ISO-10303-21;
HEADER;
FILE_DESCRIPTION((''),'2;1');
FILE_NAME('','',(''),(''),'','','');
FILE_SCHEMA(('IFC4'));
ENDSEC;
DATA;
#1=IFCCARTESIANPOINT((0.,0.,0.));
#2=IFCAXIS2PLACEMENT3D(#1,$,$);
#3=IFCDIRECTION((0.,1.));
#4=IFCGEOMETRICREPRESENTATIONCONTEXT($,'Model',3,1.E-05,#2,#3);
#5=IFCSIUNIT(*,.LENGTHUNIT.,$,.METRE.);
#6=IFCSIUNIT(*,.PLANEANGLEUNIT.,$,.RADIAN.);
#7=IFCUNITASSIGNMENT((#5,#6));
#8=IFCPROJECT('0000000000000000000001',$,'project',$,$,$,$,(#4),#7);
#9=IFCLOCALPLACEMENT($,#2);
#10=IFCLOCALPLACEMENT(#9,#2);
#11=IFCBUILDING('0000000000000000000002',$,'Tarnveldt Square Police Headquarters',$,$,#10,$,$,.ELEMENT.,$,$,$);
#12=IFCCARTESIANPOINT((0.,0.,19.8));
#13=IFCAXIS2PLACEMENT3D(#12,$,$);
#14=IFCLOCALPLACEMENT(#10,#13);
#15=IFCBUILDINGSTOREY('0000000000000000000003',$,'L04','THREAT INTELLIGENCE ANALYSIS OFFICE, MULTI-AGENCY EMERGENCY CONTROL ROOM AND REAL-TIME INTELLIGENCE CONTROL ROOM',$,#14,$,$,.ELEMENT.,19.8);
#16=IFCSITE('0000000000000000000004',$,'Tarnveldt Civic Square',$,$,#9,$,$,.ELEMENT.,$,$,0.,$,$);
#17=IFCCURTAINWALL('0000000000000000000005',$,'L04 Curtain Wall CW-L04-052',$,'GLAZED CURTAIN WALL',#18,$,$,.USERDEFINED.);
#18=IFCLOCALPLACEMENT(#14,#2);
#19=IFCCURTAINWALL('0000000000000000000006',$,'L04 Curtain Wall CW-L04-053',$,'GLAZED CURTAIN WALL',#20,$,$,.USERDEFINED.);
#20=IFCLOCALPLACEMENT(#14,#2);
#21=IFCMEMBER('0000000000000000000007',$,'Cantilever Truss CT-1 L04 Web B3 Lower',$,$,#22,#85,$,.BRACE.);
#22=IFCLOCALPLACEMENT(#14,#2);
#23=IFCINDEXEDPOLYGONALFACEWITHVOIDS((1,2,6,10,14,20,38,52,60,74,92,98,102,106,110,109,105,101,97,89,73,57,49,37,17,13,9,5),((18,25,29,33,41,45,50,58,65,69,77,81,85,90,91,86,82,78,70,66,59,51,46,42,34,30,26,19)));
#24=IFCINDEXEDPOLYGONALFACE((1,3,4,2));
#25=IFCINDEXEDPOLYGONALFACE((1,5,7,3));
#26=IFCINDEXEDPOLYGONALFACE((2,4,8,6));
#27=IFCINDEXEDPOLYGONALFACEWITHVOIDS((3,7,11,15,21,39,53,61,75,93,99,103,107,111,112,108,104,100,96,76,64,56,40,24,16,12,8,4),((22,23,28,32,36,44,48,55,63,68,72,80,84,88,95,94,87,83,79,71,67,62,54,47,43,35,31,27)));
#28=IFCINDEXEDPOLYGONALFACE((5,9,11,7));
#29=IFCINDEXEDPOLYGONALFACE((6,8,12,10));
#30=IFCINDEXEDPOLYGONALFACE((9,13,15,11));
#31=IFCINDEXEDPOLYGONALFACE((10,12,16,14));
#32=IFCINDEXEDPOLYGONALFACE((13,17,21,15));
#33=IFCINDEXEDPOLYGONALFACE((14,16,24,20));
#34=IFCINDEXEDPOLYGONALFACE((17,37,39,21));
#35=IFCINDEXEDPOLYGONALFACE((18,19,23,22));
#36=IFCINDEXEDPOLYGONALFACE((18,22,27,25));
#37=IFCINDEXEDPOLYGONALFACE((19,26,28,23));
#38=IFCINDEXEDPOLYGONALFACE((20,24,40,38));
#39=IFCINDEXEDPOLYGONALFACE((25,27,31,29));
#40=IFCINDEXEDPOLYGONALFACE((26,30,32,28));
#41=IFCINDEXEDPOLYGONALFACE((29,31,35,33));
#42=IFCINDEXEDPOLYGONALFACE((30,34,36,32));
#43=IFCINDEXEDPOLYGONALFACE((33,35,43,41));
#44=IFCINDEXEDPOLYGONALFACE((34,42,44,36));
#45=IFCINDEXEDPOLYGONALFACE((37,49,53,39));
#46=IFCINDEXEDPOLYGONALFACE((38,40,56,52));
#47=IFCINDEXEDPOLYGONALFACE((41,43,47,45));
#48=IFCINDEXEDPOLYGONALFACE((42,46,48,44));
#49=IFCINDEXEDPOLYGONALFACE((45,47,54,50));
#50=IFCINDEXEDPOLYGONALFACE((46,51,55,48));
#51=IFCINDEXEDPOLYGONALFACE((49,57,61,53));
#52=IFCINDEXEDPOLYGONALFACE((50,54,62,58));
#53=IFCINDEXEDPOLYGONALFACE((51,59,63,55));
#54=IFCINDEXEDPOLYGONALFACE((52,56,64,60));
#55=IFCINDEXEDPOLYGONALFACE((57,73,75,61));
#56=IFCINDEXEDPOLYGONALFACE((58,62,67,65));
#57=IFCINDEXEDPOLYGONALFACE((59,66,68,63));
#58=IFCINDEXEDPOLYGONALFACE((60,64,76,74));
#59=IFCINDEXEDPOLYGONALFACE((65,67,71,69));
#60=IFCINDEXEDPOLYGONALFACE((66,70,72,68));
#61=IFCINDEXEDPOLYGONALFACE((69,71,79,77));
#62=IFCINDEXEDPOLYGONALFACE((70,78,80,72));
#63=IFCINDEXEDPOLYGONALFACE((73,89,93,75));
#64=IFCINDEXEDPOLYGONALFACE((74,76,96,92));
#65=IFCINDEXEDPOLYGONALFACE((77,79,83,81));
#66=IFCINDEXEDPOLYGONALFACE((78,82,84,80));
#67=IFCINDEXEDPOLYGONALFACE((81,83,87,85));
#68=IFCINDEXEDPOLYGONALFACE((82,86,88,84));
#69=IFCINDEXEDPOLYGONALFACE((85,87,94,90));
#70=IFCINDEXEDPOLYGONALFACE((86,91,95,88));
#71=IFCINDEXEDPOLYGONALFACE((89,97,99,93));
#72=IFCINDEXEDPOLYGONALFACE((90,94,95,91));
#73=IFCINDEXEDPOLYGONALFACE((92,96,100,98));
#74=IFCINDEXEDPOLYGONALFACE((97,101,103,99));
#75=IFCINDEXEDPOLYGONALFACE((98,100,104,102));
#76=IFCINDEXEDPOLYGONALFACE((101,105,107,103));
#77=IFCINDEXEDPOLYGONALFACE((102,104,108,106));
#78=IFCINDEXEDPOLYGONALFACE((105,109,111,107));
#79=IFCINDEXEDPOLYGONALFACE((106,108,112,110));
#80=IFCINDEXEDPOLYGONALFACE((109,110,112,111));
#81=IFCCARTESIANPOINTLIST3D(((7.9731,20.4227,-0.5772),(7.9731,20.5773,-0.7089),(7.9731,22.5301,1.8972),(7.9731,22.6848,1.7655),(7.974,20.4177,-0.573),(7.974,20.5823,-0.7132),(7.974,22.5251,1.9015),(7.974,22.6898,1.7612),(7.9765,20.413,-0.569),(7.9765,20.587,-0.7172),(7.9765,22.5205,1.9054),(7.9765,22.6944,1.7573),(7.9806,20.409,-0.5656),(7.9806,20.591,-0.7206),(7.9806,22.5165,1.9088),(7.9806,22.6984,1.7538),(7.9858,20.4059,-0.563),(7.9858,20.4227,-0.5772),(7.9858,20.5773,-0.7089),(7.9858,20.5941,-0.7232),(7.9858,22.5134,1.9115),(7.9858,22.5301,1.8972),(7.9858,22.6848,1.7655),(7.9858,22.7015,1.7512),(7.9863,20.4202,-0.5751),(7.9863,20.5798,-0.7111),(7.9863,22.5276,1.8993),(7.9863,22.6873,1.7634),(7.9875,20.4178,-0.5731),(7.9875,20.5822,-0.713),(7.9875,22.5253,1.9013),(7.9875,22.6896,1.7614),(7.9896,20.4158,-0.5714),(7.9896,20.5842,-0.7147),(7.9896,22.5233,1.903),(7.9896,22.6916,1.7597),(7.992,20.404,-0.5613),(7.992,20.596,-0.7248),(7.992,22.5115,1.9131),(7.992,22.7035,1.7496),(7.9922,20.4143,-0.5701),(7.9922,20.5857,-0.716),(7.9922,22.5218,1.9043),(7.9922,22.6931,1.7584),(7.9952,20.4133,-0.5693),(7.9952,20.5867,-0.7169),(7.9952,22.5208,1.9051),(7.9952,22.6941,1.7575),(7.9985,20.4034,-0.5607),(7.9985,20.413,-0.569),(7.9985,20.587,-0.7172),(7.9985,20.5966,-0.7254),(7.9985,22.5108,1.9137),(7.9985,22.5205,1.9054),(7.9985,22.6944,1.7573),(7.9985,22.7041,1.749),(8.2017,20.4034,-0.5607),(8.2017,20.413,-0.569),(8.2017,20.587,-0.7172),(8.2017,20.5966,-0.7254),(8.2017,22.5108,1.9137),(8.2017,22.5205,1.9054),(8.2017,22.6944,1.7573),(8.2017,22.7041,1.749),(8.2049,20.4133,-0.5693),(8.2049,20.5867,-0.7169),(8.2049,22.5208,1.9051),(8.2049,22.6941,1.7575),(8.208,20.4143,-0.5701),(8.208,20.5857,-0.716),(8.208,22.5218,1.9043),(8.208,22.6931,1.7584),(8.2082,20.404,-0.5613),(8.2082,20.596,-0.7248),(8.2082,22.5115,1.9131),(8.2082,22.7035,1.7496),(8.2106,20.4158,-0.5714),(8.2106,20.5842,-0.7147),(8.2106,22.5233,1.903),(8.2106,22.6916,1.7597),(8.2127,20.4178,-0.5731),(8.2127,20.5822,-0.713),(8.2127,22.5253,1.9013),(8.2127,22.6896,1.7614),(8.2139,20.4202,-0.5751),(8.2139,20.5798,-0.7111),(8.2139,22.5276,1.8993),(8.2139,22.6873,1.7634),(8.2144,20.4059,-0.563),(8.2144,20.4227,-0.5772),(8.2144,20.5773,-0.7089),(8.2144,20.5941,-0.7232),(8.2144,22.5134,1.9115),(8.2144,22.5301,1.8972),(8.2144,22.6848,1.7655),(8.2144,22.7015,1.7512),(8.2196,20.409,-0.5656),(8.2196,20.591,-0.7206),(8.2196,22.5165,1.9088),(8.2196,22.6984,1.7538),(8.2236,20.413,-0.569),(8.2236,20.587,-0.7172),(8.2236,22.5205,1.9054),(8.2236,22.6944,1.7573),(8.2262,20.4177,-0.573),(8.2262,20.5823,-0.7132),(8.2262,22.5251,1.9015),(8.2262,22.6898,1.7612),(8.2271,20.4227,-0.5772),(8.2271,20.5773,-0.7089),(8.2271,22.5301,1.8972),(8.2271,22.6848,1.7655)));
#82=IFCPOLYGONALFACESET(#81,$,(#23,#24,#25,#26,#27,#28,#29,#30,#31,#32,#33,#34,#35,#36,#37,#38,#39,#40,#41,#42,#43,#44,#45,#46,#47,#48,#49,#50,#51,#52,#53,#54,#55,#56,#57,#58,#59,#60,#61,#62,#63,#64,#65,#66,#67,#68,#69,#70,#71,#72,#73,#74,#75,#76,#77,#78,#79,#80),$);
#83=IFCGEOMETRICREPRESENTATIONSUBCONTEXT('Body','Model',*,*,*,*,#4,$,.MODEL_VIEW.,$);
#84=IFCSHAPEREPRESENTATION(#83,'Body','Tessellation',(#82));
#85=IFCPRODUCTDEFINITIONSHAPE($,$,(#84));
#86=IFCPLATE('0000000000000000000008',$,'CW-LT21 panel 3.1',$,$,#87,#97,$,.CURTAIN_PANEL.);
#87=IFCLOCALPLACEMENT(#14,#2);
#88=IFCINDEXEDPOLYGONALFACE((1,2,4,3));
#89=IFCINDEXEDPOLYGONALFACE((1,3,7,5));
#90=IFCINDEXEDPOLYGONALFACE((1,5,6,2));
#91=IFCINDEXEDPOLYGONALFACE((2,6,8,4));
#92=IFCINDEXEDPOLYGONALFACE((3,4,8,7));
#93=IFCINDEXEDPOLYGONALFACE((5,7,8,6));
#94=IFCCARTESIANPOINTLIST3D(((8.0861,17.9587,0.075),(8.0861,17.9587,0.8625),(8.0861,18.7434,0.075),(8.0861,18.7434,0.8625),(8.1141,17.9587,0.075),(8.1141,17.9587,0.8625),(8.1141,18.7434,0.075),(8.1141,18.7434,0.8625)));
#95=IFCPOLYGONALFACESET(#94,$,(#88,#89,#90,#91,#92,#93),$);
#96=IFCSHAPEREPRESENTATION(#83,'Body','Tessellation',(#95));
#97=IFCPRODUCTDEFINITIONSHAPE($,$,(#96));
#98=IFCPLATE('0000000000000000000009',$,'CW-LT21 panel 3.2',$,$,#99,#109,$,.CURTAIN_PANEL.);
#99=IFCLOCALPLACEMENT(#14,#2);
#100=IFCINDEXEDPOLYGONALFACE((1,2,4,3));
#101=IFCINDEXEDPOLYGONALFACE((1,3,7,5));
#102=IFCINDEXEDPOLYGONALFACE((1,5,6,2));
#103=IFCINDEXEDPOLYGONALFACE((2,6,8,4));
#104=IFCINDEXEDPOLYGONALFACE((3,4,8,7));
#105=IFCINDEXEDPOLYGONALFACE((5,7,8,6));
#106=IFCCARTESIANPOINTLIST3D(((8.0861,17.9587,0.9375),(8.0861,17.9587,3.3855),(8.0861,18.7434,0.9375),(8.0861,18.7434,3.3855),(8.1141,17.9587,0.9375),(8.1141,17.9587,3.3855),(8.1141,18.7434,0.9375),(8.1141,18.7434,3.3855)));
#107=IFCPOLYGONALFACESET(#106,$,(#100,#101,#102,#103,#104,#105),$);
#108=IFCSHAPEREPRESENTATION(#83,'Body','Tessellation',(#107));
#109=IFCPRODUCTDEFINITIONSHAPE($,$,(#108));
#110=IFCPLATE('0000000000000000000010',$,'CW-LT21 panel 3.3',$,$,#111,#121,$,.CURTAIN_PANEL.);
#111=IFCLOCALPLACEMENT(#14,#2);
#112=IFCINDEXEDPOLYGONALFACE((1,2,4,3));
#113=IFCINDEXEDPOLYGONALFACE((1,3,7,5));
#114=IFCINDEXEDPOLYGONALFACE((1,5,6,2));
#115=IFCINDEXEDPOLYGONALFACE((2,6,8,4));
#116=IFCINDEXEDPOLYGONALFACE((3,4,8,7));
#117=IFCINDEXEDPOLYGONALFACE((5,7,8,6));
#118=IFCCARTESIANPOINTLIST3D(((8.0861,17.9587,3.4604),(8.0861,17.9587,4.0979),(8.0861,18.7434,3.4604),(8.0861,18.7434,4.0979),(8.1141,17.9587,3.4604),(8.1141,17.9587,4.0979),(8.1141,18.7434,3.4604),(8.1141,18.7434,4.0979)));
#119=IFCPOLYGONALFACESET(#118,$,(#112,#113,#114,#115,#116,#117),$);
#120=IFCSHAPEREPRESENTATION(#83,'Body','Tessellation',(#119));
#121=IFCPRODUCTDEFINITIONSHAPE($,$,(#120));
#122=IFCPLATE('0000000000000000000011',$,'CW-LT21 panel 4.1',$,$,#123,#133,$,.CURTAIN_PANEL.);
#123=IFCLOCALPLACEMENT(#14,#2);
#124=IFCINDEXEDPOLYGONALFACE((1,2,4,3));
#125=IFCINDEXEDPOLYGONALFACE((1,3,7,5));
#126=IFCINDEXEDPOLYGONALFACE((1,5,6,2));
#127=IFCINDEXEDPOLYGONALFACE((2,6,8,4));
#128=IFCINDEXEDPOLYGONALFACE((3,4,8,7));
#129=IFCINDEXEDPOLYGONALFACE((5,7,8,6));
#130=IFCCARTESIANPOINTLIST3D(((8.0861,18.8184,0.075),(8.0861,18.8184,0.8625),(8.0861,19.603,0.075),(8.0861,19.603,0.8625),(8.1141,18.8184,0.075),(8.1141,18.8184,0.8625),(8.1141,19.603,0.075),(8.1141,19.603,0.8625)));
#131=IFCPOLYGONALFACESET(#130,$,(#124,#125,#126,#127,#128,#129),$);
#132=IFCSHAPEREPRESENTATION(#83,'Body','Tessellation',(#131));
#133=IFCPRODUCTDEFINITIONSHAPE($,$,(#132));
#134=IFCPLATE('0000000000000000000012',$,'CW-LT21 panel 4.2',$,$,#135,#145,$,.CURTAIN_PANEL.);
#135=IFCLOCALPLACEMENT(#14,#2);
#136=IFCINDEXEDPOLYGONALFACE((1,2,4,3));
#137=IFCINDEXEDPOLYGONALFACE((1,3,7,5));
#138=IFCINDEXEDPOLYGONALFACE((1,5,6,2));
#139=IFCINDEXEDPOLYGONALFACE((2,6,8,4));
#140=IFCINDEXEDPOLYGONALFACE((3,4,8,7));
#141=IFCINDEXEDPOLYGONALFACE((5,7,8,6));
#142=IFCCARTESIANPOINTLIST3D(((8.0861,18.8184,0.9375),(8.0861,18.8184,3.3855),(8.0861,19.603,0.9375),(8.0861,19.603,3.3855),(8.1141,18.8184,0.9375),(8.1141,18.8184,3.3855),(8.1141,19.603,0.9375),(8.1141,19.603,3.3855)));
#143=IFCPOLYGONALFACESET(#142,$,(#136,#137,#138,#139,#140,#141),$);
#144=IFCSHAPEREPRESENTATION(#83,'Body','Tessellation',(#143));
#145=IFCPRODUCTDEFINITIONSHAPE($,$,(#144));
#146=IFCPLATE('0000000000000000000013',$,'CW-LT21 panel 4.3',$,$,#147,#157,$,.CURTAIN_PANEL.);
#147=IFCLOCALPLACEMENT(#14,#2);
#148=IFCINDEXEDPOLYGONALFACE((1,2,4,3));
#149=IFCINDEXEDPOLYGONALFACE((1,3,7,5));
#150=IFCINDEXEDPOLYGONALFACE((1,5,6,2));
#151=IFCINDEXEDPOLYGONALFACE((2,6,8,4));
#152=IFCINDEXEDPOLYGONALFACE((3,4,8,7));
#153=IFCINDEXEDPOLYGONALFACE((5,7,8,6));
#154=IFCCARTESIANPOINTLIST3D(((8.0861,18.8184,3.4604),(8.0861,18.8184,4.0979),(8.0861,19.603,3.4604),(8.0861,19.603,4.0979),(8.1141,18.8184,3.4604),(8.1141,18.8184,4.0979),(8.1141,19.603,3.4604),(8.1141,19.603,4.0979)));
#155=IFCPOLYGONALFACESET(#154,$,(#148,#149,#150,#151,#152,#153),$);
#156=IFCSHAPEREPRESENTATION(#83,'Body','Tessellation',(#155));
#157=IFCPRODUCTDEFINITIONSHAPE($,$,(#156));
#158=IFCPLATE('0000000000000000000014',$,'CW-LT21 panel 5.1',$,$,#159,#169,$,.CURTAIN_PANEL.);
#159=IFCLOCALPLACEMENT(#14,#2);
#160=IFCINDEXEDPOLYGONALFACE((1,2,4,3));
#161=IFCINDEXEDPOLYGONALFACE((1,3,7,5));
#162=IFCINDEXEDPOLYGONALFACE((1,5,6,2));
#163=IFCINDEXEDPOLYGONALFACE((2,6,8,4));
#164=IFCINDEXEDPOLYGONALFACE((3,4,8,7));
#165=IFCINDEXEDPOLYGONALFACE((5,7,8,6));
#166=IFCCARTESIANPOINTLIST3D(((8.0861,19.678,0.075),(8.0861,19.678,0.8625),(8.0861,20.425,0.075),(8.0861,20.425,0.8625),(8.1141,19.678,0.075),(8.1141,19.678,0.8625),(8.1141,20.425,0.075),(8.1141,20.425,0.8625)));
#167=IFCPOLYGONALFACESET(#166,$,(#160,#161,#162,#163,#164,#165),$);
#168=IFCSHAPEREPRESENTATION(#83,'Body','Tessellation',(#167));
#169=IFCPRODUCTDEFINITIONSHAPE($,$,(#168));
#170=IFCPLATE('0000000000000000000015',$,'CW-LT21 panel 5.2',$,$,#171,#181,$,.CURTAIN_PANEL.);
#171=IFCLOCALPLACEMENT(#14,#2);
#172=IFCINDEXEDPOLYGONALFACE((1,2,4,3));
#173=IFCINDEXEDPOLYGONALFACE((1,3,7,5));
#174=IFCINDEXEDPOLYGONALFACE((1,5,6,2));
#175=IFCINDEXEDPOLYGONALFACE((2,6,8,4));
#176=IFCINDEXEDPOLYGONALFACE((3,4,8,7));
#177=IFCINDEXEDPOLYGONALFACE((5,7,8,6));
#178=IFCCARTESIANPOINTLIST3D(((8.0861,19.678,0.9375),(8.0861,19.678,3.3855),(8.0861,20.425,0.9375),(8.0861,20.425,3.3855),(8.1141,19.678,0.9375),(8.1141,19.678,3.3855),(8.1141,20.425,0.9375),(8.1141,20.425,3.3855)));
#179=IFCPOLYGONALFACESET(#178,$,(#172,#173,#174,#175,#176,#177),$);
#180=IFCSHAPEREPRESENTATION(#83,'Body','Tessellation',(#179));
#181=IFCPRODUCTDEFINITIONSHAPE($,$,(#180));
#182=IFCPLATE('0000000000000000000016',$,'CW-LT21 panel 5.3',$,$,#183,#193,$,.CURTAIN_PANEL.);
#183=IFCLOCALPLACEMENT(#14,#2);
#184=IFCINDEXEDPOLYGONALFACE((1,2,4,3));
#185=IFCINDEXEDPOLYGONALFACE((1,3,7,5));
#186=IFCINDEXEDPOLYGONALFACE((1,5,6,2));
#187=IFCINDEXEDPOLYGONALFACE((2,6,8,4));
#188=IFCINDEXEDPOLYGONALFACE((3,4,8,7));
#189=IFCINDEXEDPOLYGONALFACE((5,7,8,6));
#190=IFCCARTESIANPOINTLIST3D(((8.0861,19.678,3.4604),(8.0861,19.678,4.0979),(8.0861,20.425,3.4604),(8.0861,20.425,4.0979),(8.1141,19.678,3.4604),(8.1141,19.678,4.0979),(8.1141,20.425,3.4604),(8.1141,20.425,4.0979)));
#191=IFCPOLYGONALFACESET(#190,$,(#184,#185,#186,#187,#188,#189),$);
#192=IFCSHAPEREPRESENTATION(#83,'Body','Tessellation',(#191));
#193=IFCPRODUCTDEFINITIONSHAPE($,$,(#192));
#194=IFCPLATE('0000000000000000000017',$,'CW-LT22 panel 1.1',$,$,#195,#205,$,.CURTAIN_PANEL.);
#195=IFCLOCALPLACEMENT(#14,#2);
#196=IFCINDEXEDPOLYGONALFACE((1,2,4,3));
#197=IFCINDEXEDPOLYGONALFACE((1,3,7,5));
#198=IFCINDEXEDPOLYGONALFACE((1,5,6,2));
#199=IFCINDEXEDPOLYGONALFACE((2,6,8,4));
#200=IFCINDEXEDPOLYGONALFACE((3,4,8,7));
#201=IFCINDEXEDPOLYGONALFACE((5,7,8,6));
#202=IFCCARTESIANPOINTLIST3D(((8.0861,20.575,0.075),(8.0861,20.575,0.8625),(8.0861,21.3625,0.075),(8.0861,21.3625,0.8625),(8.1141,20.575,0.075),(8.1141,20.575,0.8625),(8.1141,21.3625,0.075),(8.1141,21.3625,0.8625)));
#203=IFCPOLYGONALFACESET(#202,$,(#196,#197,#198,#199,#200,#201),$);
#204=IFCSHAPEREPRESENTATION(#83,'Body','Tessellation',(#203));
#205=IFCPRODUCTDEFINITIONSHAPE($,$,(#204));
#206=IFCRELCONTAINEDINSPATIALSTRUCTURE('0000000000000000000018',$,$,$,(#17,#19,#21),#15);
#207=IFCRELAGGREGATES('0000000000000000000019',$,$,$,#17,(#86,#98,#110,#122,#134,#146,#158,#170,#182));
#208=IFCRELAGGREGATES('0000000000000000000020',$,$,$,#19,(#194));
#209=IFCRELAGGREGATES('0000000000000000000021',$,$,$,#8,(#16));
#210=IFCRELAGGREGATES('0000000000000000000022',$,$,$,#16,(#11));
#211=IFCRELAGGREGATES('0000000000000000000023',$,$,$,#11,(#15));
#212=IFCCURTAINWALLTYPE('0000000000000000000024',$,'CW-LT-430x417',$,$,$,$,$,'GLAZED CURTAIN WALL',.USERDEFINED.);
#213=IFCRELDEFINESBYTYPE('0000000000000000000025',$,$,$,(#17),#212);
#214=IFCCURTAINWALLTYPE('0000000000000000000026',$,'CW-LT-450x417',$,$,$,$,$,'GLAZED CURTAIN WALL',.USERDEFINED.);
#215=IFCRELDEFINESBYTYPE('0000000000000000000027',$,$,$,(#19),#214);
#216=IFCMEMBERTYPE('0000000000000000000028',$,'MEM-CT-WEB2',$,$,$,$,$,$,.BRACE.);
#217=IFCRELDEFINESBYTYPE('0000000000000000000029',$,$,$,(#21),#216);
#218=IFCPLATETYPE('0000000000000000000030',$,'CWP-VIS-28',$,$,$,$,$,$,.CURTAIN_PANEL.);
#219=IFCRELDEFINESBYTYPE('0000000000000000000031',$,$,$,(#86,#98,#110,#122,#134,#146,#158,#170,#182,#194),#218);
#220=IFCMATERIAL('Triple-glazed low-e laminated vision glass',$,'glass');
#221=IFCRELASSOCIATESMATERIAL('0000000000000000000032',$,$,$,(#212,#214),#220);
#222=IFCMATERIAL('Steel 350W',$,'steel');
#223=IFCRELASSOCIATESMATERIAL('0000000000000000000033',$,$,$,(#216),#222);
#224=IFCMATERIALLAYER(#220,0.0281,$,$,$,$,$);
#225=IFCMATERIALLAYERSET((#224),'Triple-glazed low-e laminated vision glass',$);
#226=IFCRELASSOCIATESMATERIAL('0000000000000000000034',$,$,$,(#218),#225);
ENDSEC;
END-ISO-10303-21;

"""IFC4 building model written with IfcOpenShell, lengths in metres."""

from ifc_helpers import new_model, si_unit, direction, frame, origin, origin_2d, place, context, subcontext, project, spatial, rectangle, hollow_rectangle, extrude, material, layer, layer_set, material_profile, profile_set, type_object, element, aggregate, save


model = new_model("IFC4")

# Units and contexts
model_context = context("Model", 3, precision=1e-05, world=origin(), true_north=direction((0.0, 1.0)))
body_context = subcontext(model_context, "Body", "Model", "MODEL_VIEW")
ifc_project = project(units=[si_unit("LENGTHUNIT", "METRE"), si_unit("PLANEANGLEUNIT", "RADIAN")], contexts=[model_context])

# Site, building, storey
site_placement = place(None, origin())
site = spatial("IfcSite", under=ifc_project, at=site_placement, Name="Tarnveldt Civic Square", CompositionType="ELEMENT", RefElevation=0.0)
building_placement = place(site_placement, origin())
building = spatial("IfcBuilding", under=site, at=building_placement, Name="Tarnveldt Square Police Headquarters", CompositionType="ELEMENT")
storey_placement = place(building_placement, frame((0.0, 0.0, 19.8)))
storey = spatial("IfcBuildingStorey", under=building, at=storey_placement, Name="L04", Description="THREAT INTELLIGENCE ANALYSIS OFFICE, MULTI-AGENCY EMERGENCY CONTROL ROOM AND REAL-TIME INTELLIGENCE CONTROL ROOM", CompositionType="ELEMENT", Elevation=19.8)

# Shared definitions
ifc_material_1 = material(Name="Steel 350W", Category="steel")

# Curtain walls
ifc_material_2 = material(Name="Triple-glazed low-e laminated vision glass", Category="glass")
curtain_wall_type_1 = type_object("IfcCurtainWallType", Name="CW-LT-430x417", ElementType="GLAZED CURTAIN WALL", PredefinedType="USERDEFINED", material=ifc_material_2)
curtain_wall_1_placement = place(storey_placement, origin())
curtain_wall_1 = element("IfcCurtainWall", 1, at=curtain_wall_1_placement, inside=storey, type_object=curtain_wall_type_1, Name="L04 Curtain Wall CW-L04-052", ObjectType="GLAZED CURTAIN WALL", PredefinedType="USERDEFINED")
curtain_wall_type_2 = type_object("IfcCurtainWallType", Name="CW-LT-450x417", ElementType="GLAZED CURTAIN WALL", PredefinedType="USERDEFINED", material=ifc_material_2)
curtain_wall_2_placement = place(storey_placement, origin())
curtain_wall_2 = element("IfcCurtainWall", 2, at=curtain_wall_2_placement, inside=storey, type_object=curtain_wall_type_2, Name="L04 Curtain Wall CW-L04-053", ObjectType="GLAZED CURTAIN WALL", PredefinedType="USERDEFINED")

# Member
ifc_material_profile_1 = material_profile(ifc_material_1, hollow_rectangle(XDim=0.2539, YDim=0.2539, WallThickness=0.0127, InnerFilletRadius=0.0127, OuterFilletRadius=0.0254, at=origin_2d()), Name="HSS254x254x13")
ifc_profile_set_1 = profile_set([ifc_material_profile_1], Name="Steel 350W")
member_type_1 = type_object("IfcMemberType", Name="MEM-CT-WEB2", PredefinedType="BRACE", material=ifc_profile_set_1)
member_1_placement = place(storey_placement, frame((8.1001, 20.5, -0.6431), z_axis=(0.0, 0.6484, 0.7613), x_axis=(-1.0, 0.0, 0.0)))
element("IfcMember", 3, at=member_1_placement, inside=storey, type_object=member_type_1, Name="Cantilever Truss CT-1 L04 Web B3 Lower", PredefinedType="BRACE", context=body_context, shape_type="SweptSolid", body=[
    extrude(hollow_rectangle(XDim=0.2539, YDim=0.2539, WallThickness=0.0127, InnerFilletRadius=0.0127, OuterFilletRadius=0.0254, at=origin_2d()), origin(), (0.0, 0.0, 1.0), 3.2502),
])

# Plates
ifc_layer_1 = layer(ifc_material_2, 0.0281)
ifc_layer_set_1 = layer_set([ifc_layer_1], Name="Triple-glazed low-e laminated vision glass")
plate_type_1 = type_object("IfcPlateType", Name="CWP-VIS-28", PredefinedType="CURTAIN_PANEL", material=ifc_layer_set_1)
plate_1_placement = place(storey_placement, frame((8.1001, 18.3511, 0.075), z_axis=(0.0, 0.0, 1.0), x_axis=(0.0, 1.0, 0.0)))
plate_1 = element("IfcPlate", 4, at=plate_1_placement, type_object=plate_type_1, Name="CW-LT21 panel 3.1", PredefinedType="CURTAIN_PANEL", context=body_context, shape_type="SweptSolid", body=[
    extrude(rectangle(XDim=0.7847, YDim=0.0281, at=origin_2d()), origin(), (0.0, 0.0, 1.0), 0.7876),
])
plate_2_placement = place(storey_placement, frame((8.1001, 18.3511, 0.9375), z_axis=(0.0, 0.0, 1.0), x_axis=(0.0, 1.0, 0.0)))
plate_2 = element("IfcPlate", 5, at=plate_2_placement, type_object=plate_type_1, Name="CW-LT21 panel 3.2", PredefinedType="CURTAIN_PANEL", context=body_context, shape_type="SweptSolid", body=[
    extrude(rectangle(XDim=0.7847, YDim=0.0281, at=origin_2d()), origin(), (0.0, 0.0, 1.0), 2.448),
])
plate_3_placement = place(storey_placement, frame((8.1001, 18.3511, 3.4604), z_axis=(0.0, 0.0, 1.0), x_axis=(0.0, 1.0, 0.0)))
plate_3 = element("IfcPlate", 6, at=plate_3_placement, type_object=plate_type_1, Name="CW-LT21 panel 3.3", PredefinedType="CURTAIN_PANEL", context=body_context, shape_type="SweptSolid", body=[
    extrude(rectangle(XDim=0.7847, YDim=0.0281, at=origin_2d()), origin(), (0.0, 0.0, 1.0), 0.6375),
])
plate_4_placement = place(storey_placement, frame((8.1001, 19.2107, 0.075), z_axis=(0.0, 0.0, 1.0), x_axis=(0.0, 1.0, 0.0)))
plate_4 = element("IfcPlate", 7, at=plate_4_placement, type_object=plate_type_1, Name="CW-LT21 panel 4.1", PredefinedType="CURTAIN_PANEL", context=body_context, shape_type="SweptSolid", body=[
    extrude(rectangle(XDim=0.7847, YDim=0.0281, at=origin_2d()), origin(), (0.0, 0.0, 1.0), 0.7876),
])
plate_5_placement = place(storey_placement, frame((8.1001, 19.2107, 0.9375), z_axis=(0.0, 0.0, 1.0), x_axis=(0.0, 1.0, 0.0)))
plate_5 = element("IfcPlate", 8, at=plate_5_placement, type_object=plate_type_1, Name="CW-LT21 panel 4.2", PredefinedType="CURTAIN_PANEL", context=body_context, shape_type="SweptSolid", body=[
    extrude(rectangle(XDim=0.7847, YDim=0.0281, at=origin_2d()), origin(), (0.0, 0.0, 1.0), 2.448),
])
plate_6_placement = place(storey_placement, frame((8.1001, 19.2107, 3.4604), z_axis=(0.0, 0.0, 1.0), x_axis=(0.0, 1.0, 0.0)))
plate_6 = element("IfcPlate", 9, at=plate_6_placement, type_object=plate_type_1, Name="CW-LT21 panel 4.3", PredefinedType="CURTAIN_PANEL", context=body_context, shape_type="SweptSolid", body=[
    extrude(rectangle(XDim=0.7847, YDim=0.0281, at=origin_2d()), origin(), (0.0, 0.0, 1.0), 0.6375),
])
plate_7_placement = place(storey_placement, frame((8.1001, 20.0515, 0.075), z_axis=(0.0, 0.0, 1.0), x_axis=(0.0, 1.0, 0.0)))
plate_7 = element("IfcPlate", 10, at=plate_7_placement, type_object=plate_type_1, Name="CW-LT21 panel 5.1", PredefinedType="CURTAIN_PANEL", context=body_context, shape_type="SweptSolid", body=[
    extrude(rectangle(XDim=0.7471, YDim=0.0281, at=origin_2d()), origin(), (0.0, 0.0, 1.0), 0.7876),
])
plate_8_placement = place(storey_placement, frame((8.1001, 20.0515, 0.9375), z_axis=(0.0, 0.0, 1.0), x_axis=(0.0, 1.0, 0.0)))
plate_8 = element("IfcPlate", 11, at=plate_8_placement, type_object=plate_type_1, Name="CW-LT21 panel 5.2", PredefinedType="CURTAIN_PANEL", context=body_context, shape_type="SweptSolid", body=[
    extrude(rectangle(XDim=0.7471, YDim=0.0281, at=origin_2d()), origin(), (0.0, 0.0, 1.0), 2.448),
])
plate_9_placement = place(storey_placement, frame((8.1001, 20.0515, 3.4604), z_axis=(0.0, 0.0, 1.0), x_axis=(0.0, 1.0, 0.0)))
plate_9 = element("IfcPlate", 12, at=plate_9_placement, type_object=plate_type_1, Name="CW-LT21 panel 5.3", PredefinedType="CURTAIN_PANEL", context=body_context, shape_type="SweptSolid", body=[
    extrude(rectangle(XDim=0.7471, YDim=0.0281, at=origin_2d()), origin(), (0.0, 0.0, 1.0), 0.6375),
])
aggregate(curtain_wall_1, [plate_1, plate_2, plate_3, plate_4, plate_5, plate_6, plate_7, plate_8, plate_9])
plate_10_placement = place(storey_placement, frame((8.1001, 20.9688, 0.075), z_axis=(0.0, 0.0, 1.0), x_axis=(0.0, 1.0, 0.0)))
plate_10 = element("IfcPlate", 13, at=plate_10_placement, type_object=plate_type_1, Name="CW-LT22 panel 1.1", PredefinedType="CURTAIN_PANEL", context=body_context, shape_type="SweptSolid", body=[
    extrude(rectangle(XDim=0.7876, YDim=0.0281, at=origin_2d()), origin(), (0.0, 0.0, 1.0), 0.7876),
])
aggregate(curtain_wall_2, [plate_10])

save(model, "model.ifc")
